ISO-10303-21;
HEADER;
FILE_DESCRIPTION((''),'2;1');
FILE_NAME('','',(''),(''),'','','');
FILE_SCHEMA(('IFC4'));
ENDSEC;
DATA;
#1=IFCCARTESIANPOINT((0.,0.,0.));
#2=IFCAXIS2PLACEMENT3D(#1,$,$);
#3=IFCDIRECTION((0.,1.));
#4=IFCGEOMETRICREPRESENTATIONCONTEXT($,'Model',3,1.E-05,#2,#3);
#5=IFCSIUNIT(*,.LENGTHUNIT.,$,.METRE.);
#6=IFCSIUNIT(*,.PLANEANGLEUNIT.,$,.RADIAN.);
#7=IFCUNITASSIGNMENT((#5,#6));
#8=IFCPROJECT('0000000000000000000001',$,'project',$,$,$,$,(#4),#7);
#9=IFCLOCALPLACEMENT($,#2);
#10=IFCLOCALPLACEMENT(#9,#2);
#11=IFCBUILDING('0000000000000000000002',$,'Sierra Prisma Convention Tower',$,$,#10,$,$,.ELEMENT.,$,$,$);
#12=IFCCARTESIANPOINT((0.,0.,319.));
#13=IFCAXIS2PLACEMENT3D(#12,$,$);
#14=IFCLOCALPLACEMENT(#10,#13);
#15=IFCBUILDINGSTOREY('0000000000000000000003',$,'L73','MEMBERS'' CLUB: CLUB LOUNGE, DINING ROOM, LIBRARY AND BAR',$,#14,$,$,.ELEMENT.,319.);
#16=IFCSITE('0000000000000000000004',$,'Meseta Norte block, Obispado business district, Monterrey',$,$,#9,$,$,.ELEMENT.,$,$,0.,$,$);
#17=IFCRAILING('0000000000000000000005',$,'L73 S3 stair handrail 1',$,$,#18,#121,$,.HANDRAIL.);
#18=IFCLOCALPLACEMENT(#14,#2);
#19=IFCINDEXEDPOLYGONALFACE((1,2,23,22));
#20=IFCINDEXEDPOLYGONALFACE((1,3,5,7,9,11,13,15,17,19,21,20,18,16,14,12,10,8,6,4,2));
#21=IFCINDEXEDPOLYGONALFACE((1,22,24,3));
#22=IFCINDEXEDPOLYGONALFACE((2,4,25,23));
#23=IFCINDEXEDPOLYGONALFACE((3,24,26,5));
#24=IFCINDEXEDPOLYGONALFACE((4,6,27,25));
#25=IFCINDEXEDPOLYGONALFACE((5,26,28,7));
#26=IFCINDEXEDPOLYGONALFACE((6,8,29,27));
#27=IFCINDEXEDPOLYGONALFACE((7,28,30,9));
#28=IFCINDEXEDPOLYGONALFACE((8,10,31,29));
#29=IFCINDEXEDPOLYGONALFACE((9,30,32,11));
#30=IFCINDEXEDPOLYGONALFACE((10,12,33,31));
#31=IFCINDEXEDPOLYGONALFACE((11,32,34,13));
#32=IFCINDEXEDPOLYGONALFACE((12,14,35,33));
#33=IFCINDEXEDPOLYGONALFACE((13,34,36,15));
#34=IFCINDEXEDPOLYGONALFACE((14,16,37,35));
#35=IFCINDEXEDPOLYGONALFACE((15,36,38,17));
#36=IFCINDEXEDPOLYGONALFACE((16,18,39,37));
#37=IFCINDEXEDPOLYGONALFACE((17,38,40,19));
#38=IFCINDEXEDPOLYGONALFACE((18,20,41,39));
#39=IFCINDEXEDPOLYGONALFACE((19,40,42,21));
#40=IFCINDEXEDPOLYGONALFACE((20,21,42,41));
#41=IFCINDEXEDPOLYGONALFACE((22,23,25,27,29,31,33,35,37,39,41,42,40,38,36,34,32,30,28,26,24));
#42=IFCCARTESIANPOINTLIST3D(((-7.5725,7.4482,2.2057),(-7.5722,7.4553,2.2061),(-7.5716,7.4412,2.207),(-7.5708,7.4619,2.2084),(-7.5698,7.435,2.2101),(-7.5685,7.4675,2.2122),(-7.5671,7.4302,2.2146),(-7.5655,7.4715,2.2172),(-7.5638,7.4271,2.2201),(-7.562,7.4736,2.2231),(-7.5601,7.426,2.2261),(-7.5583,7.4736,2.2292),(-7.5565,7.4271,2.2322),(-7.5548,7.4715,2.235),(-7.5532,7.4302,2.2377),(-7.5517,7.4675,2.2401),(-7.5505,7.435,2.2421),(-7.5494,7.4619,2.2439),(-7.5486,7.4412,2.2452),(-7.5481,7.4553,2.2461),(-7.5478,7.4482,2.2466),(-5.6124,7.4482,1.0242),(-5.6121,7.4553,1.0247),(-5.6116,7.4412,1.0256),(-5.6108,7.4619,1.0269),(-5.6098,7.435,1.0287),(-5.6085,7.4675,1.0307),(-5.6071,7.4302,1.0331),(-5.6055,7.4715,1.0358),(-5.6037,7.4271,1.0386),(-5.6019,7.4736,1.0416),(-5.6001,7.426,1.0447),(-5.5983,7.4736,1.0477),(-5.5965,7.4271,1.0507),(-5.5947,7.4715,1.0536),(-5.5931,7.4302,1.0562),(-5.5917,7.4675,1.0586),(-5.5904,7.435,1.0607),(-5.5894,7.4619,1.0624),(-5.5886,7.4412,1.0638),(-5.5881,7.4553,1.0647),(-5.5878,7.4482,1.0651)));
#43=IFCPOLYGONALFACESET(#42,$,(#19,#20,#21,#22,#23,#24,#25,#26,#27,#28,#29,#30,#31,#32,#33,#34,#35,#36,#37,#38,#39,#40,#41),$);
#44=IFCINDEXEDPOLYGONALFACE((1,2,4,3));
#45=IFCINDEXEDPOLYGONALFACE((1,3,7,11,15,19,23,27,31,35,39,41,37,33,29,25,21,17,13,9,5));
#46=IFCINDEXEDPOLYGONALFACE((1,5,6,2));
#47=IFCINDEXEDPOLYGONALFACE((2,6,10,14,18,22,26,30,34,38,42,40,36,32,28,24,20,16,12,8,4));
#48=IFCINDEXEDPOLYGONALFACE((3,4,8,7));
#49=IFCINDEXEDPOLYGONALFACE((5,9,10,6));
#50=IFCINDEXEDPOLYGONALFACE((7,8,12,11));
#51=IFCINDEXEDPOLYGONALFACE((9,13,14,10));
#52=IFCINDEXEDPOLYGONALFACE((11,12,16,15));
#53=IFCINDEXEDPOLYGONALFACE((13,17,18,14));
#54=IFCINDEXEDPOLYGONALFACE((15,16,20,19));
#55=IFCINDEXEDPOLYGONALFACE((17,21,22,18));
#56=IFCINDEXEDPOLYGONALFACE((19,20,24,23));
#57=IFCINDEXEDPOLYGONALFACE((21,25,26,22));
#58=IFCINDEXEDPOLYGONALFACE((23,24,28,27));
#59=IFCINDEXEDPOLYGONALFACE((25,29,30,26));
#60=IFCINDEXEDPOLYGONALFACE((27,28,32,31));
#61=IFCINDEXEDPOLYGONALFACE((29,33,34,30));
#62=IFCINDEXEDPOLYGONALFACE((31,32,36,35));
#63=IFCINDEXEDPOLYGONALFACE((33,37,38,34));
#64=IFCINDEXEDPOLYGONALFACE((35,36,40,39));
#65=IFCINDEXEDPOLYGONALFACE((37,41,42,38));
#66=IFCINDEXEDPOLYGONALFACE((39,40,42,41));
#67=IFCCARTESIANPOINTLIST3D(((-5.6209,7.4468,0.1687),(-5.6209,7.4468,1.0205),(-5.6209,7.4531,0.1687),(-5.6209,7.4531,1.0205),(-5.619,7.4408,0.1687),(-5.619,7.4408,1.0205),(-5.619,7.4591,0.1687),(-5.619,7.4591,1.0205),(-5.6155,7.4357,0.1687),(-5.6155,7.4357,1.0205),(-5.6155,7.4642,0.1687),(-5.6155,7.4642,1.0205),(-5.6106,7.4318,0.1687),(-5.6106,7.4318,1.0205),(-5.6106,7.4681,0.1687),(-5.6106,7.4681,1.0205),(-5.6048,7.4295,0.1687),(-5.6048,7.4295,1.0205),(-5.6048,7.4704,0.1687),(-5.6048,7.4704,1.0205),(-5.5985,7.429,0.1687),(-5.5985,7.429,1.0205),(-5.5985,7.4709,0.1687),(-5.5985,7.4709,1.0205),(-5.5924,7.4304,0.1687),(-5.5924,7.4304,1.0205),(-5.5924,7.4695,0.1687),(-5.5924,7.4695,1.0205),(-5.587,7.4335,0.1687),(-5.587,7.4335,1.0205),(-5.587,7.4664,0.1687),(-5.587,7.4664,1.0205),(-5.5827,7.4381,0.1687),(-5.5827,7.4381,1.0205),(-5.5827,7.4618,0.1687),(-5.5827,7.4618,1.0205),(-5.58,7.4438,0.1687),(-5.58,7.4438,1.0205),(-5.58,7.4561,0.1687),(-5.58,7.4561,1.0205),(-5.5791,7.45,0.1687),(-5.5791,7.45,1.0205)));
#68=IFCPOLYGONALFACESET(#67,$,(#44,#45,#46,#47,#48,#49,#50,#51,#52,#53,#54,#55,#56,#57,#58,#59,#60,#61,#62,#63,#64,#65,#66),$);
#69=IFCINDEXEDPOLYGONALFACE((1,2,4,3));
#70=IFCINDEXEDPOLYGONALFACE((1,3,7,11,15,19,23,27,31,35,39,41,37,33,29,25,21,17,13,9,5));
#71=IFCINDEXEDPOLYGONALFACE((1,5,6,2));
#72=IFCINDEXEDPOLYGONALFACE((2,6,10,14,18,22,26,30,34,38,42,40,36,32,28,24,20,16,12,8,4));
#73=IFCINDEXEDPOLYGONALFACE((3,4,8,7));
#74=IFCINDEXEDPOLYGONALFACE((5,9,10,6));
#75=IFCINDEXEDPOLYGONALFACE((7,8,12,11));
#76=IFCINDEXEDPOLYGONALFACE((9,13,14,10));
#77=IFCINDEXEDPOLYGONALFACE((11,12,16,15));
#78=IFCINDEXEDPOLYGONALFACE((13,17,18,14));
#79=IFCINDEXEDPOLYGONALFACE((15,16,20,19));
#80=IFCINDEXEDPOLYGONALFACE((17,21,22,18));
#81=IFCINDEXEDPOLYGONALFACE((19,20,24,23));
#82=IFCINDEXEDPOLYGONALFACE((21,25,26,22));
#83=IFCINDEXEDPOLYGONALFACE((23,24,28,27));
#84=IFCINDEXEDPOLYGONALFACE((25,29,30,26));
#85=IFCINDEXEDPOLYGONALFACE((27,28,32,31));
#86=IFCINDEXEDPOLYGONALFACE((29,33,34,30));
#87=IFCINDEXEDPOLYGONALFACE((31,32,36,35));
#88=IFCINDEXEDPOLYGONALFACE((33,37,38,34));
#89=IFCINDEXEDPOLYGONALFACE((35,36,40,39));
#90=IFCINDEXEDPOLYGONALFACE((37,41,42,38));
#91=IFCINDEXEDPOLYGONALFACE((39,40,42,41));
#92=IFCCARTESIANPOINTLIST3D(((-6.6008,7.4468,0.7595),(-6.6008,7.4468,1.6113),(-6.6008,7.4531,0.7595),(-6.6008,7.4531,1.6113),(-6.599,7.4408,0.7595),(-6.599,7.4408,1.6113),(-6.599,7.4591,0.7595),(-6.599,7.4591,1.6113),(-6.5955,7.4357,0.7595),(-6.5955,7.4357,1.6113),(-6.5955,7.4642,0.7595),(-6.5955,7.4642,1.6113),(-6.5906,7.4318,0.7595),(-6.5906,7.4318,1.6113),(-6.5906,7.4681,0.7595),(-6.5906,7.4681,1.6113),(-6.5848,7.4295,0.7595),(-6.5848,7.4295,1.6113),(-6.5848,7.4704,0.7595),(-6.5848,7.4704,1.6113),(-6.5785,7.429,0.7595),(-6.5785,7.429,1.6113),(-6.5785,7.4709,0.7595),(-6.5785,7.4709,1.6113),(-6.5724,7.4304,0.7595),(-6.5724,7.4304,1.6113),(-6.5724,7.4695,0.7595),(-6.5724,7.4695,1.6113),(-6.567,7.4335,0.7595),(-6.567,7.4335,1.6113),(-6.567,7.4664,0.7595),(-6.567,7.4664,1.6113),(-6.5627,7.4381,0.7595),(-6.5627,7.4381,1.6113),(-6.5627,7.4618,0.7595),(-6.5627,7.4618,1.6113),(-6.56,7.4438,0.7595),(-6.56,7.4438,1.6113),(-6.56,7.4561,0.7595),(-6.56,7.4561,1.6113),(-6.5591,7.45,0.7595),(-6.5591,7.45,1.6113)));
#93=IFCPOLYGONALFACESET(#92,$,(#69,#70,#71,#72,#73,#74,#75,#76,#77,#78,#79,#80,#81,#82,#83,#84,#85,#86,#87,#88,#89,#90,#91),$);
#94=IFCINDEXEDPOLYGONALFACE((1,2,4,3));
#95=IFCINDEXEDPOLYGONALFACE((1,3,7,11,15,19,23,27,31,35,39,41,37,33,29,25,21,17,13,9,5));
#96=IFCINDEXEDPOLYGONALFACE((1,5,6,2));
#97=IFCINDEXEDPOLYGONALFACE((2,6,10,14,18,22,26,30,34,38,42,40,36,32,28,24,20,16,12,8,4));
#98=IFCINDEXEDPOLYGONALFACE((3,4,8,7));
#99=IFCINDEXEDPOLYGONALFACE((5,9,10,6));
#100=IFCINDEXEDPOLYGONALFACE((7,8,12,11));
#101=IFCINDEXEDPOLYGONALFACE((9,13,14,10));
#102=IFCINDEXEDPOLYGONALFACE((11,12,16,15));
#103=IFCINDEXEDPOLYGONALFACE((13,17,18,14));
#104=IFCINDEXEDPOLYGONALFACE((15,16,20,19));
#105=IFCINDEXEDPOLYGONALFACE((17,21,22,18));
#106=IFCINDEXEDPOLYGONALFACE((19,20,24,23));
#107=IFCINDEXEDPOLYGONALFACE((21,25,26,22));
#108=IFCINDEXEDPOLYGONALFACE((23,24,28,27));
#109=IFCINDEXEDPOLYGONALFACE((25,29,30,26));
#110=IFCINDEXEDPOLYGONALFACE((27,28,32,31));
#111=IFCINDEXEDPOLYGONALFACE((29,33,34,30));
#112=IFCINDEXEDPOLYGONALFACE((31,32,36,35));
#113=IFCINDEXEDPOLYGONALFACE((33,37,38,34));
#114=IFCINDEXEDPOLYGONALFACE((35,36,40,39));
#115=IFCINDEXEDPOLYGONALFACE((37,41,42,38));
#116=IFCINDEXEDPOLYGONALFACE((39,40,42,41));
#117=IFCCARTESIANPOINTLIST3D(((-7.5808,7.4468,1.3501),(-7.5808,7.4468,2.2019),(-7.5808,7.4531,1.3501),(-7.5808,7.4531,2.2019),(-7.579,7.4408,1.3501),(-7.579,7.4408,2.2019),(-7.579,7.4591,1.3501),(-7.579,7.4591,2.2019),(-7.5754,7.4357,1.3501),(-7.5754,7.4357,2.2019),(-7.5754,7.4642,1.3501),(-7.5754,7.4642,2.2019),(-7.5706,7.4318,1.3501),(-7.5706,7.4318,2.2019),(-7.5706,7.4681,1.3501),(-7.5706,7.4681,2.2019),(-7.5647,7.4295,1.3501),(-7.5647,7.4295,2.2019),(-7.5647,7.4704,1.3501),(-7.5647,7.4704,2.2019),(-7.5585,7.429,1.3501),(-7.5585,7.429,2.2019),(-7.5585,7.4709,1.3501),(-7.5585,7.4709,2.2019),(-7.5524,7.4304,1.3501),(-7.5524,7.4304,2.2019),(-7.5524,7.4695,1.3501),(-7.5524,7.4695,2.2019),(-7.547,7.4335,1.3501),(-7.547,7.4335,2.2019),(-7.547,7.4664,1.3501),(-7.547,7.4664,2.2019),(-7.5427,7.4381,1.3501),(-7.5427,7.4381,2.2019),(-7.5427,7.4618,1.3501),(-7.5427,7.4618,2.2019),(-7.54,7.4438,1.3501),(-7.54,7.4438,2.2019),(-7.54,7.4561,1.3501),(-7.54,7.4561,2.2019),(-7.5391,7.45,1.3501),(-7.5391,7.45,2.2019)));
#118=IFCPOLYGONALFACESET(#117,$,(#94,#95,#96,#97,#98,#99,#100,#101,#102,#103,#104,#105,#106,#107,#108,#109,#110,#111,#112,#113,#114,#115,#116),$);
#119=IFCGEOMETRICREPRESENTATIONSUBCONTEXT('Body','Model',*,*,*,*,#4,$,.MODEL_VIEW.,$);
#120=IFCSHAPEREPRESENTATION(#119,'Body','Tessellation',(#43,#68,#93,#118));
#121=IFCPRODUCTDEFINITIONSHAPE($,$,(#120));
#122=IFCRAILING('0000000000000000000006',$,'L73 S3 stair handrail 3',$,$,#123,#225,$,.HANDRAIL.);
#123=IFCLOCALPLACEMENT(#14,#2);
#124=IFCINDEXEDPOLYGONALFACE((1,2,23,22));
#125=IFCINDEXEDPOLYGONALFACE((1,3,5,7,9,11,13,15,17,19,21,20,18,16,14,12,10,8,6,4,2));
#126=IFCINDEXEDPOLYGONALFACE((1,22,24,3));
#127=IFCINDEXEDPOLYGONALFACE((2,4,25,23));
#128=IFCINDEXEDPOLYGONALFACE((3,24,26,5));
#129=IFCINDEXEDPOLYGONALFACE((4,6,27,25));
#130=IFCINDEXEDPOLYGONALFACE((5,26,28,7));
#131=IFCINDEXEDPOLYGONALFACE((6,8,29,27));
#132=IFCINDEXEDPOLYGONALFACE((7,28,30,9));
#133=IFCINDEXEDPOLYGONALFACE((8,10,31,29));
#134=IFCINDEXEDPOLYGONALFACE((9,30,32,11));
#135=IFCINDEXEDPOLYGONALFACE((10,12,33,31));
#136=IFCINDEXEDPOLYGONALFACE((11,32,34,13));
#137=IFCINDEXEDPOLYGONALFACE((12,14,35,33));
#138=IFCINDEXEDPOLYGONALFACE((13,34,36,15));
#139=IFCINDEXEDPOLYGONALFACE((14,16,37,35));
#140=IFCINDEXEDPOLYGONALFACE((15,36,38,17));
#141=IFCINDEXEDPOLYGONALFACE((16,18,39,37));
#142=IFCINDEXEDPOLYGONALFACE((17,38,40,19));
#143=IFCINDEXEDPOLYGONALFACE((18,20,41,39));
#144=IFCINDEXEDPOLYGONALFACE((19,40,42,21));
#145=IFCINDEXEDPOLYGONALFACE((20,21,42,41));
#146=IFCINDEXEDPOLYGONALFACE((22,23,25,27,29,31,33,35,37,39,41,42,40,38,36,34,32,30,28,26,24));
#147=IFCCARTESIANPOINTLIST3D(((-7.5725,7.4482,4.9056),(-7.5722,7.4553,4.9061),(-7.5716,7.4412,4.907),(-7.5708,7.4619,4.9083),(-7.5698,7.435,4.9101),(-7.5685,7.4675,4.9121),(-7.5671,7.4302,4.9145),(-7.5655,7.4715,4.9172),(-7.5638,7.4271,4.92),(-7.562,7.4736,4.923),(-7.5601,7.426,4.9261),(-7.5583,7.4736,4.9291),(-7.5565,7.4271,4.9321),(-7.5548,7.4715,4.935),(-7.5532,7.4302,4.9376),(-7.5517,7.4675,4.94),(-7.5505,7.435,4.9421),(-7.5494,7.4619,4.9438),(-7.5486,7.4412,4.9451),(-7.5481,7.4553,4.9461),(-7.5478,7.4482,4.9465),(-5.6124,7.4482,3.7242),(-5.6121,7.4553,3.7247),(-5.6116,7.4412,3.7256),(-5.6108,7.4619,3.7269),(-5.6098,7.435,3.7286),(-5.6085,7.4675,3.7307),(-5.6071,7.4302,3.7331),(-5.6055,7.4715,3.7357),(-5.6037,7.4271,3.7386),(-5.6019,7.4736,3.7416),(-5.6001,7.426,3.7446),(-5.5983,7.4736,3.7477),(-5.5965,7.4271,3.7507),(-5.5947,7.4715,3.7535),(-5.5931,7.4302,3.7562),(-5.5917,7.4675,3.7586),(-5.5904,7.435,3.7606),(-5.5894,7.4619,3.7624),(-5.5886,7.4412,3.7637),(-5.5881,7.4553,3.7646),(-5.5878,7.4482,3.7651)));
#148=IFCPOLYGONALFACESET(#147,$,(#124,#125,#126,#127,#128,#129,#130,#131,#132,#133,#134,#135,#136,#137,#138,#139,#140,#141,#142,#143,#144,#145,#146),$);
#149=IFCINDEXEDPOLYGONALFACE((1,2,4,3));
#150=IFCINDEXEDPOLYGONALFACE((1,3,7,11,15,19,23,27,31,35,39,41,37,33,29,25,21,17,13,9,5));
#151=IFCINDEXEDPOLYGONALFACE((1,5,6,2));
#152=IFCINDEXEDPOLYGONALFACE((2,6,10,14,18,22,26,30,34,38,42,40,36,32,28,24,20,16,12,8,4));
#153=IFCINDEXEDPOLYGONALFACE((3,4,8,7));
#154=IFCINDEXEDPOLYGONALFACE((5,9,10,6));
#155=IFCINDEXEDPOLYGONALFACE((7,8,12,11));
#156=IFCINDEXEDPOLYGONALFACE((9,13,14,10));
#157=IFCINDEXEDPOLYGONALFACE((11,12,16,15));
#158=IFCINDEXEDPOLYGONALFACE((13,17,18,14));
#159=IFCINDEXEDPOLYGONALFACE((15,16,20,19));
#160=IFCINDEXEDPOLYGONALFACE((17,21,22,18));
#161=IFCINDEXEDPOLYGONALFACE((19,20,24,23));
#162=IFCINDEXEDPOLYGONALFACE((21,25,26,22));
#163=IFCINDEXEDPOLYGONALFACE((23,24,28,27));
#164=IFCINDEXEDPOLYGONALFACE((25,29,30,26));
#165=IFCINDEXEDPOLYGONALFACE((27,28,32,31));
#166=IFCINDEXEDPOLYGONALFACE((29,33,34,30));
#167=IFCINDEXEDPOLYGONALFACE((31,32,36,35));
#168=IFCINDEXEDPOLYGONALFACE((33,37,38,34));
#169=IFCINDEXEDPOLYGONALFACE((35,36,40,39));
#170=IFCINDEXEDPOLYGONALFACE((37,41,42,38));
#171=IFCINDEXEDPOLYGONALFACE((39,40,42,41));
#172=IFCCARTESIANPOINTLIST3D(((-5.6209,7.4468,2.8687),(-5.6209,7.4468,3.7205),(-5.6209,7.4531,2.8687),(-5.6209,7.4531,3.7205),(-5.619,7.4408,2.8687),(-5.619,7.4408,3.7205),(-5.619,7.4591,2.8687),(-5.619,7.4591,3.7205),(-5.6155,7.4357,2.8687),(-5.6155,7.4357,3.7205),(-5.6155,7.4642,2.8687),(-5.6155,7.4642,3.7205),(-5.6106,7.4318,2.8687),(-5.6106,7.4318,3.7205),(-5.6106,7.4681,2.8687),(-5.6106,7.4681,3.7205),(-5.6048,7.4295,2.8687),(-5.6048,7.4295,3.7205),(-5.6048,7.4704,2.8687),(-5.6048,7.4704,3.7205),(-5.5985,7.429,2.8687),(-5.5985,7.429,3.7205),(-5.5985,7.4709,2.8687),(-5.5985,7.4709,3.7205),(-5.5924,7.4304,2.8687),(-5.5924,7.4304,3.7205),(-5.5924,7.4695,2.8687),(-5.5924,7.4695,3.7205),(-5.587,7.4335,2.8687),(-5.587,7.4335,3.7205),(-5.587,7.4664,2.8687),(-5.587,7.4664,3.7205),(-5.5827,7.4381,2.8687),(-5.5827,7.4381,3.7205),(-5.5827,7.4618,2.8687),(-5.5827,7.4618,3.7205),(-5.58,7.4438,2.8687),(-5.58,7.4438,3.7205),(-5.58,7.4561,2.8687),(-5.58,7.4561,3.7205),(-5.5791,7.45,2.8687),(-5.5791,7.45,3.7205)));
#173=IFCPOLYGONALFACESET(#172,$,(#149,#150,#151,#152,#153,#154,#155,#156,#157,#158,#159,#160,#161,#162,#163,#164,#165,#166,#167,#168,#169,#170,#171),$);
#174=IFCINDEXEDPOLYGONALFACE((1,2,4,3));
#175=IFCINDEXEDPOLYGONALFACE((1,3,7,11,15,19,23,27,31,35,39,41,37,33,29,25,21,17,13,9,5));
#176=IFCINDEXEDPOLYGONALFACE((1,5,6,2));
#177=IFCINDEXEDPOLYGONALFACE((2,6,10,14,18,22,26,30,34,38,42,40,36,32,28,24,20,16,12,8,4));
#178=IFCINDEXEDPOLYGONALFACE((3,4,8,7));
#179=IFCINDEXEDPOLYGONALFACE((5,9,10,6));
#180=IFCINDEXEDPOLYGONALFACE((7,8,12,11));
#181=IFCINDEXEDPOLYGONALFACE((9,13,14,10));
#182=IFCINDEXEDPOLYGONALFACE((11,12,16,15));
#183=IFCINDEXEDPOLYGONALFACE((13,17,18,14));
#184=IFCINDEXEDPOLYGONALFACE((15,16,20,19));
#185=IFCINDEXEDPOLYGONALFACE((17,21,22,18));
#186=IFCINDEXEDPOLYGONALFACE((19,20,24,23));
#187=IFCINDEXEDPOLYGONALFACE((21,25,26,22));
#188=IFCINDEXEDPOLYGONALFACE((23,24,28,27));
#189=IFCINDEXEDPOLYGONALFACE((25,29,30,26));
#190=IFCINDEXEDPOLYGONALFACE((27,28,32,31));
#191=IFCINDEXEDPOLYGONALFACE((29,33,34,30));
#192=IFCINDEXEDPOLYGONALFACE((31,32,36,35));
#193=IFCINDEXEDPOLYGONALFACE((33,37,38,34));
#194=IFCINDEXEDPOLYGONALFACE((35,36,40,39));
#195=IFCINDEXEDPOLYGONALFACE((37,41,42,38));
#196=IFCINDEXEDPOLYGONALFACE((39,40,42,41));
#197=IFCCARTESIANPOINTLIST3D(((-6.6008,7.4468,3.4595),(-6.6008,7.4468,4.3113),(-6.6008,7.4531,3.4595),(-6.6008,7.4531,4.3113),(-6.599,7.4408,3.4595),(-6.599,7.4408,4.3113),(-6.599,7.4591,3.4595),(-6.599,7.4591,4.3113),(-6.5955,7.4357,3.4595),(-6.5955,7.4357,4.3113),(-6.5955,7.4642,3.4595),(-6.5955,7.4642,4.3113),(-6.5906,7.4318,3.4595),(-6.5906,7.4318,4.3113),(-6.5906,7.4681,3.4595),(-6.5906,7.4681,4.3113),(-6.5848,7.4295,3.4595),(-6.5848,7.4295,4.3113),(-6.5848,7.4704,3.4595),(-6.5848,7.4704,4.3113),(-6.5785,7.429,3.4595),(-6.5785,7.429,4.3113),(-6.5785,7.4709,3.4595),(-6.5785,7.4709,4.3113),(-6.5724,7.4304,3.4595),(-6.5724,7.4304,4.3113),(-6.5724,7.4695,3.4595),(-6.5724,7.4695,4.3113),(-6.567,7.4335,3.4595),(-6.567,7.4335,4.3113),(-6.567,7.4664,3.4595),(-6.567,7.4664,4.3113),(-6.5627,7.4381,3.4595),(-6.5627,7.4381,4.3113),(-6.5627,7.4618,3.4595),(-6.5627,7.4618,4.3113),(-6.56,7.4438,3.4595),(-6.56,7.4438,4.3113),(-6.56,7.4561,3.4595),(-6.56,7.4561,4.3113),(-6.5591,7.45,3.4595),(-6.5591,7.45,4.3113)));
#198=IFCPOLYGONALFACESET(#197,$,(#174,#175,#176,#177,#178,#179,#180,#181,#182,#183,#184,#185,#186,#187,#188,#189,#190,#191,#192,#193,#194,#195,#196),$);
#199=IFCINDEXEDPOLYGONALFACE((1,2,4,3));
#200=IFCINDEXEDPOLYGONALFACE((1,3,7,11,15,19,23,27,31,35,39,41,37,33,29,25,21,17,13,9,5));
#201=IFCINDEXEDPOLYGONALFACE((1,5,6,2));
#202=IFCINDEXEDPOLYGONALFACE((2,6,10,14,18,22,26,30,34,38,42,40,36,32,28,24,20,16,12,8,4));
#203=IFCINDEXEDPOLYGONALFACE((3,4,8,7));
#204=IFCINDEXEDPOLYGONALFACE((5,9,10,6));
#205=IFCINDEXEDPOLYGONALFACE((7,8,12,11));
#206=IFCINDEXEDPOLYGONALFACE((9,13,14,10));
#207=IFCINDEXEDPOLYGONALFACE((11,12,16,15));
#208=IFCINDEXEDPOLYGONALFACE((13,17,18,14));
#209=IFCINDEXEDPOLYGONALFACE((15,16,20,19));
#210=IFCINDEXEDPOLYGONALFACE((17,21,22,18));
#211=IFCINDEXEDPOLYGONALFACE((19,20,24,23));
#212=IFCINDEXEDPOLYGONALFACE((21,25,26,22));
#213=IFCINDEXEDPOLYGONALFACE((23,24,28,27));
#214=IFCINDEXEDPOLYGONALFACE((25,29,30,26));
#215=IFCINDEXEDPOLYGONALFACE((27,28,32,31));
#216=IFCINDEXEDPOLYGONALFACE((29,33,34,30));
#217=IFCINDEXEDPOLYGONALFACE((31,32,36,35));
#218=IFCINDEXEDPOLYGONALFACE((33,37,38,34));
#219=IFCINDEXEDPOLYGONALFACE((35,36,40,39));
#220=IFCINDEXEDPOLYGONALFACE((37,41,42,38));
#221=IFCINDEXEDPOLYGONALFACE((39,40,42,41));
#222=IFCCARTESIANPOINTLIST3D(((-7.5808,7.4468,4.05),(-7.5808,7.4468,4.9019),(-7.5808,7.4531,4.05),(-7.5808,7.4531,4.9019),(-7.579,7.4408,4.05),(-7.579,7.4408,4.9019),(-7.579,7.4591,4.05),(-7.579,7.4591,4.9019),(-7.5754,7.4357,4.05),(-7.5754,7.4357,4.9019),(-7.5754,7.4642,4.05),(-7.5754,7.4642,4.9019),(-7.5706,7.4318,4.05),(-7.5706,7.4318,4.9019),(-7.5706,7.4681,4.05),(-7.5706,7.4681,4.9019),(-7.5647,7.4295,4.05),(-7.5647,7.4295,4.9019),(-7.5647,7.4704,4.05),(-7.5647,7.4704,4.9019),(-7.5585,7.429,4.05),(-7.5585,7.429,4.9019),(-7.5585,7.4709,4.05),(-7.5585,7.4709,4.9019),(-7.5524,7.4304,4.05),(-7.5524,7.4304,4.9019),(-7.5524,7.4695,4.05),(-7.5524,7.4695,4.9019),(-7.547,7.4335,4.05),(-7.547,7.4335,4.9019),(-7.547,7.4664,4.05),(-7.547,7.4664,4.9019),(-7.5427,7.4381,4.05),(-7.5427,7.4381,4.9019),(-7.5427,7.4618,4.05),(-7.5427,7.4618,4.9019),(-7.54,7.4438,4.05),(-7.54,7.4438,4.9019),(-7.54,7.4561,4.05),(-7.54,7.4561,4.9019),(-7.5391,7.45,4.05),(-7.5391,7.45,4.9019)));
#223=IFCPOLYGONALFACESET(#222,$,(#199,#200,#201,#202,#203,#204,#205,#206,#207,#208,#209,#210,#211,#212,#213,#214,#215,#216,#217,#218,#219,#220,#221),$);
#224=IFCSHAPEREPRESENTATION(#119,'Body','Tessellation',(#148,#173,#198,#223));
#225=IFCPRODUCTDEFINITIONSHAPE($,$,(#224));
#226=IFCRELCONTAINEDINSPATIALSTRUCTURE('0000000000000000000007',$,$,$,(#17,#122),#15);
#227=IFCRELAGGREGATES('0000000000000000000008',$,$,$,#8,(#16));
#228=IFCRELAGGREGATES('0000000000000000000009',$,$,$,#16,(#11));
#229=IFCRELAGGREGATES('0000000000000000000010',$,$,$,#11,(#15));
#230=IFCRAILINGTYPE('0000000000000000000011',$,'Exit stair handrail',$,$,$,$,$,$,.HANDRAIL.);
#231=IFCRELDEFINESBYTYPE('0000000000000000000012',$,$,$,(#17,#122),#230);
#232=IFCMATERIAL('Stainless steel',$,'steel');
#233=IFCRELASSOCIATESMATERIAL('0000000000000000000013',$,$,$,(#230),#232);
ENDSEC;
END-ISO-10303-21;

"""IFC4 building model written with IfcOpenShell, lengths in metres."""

from ifc_helpers import new_model, si_unit, direction, frame, origin, origin_2d, place, context, subcontext, project, spatial, circle, extrude, material, type_object, element, save


model = new_model("IFC4")

# Units and contexts
model_context = context("Model", 3, precision=1e-05, world=origin(), true_north=direction((0.0, 1.0)))
body_context = subcontext(model_context, "Body", "Model", "MODEL_VIEW")
ifc_project = project(units=[si_unit("LENGTHUNIT", "METRE"), si_unit("PLANEANGLEUNIT", "RADIAN")], contexts=[model_context])

# Site, building, storey
site_placement = place(None, origin())
site = spatial("IfcSite", under=ifc_project, at=site_placement, Name="Meseta Norte block, Obispado business district, Monterrey", CompositionType="ELEMENT", RefElevation=0.0)
building_placement = place(site_placement, origin())
building = spatial("IfcBuilding", under=site, at=building_placement, Name="Sierra Prisma Convention Tower", CompositionType="ELEMENT")
storey_placement = place(building_placement, frame((0.0, 0.0, 319.0)))
storey = spatial("IfcBuildingStorey", under=building, at=storey_placement, Name="L73", Description="MEMBERS' CLUB: CLUB LOUNGE, DINING ROOM, LIBRARY AND BAR", CompositionType="ELEMENT", Elevation=319.0)

# Railings
ifc_material_1 = material(Name="Stainless steel", Category="steel")
railing_type_1 = type_object("IfcRailingType", Name="Exit stair handrail", PredefinedType="HANDRAIL", material=ifc_material_1)
for number, where, name in (
    (1, (-5.6001, 7.45, 0.1687), "L73 S3 stair handrail 1"),
    (2, (-5.6001, 7.45, 2.8687), "L73 S3 stair handrail 3"),
):
    element("IfcRailing", number, at=place(storey_placement, frame(where)), inside=storey, type_object=railing_type_1, Name=name, PredefinedType="HANDRAIL", context=body_context, shape_type="SweptSolid", body=[
        extrude(circle(Radius=0.0239, at=origin_2d()), frame((0.0, 0.0, 0.876), z_axis=(-0.856446, 0.0, 0.516236), x_axis=(0.0, -1.0, 0.0)), (0.0, 0.0, 1.0), 2.2886),
        extrude(circle(Radius=0.021, at=origin_2d()), origin(), (0.0, 0.0, 1.0), 0.8518),
        extrude(circle(Radius=0.021, at=origin_2d()), frame((-0.98, 0.0, 0.5908)), (0.0, 0.0, 1.0), 0.8518),
        extrude(circle(Radius=0.021, at=origin_2d()), frame((-1.96, 0.0, 1.1814)), (0.0, 0.0, 1.0), 0.8518),
    ])

save(model, "model.ifc")
